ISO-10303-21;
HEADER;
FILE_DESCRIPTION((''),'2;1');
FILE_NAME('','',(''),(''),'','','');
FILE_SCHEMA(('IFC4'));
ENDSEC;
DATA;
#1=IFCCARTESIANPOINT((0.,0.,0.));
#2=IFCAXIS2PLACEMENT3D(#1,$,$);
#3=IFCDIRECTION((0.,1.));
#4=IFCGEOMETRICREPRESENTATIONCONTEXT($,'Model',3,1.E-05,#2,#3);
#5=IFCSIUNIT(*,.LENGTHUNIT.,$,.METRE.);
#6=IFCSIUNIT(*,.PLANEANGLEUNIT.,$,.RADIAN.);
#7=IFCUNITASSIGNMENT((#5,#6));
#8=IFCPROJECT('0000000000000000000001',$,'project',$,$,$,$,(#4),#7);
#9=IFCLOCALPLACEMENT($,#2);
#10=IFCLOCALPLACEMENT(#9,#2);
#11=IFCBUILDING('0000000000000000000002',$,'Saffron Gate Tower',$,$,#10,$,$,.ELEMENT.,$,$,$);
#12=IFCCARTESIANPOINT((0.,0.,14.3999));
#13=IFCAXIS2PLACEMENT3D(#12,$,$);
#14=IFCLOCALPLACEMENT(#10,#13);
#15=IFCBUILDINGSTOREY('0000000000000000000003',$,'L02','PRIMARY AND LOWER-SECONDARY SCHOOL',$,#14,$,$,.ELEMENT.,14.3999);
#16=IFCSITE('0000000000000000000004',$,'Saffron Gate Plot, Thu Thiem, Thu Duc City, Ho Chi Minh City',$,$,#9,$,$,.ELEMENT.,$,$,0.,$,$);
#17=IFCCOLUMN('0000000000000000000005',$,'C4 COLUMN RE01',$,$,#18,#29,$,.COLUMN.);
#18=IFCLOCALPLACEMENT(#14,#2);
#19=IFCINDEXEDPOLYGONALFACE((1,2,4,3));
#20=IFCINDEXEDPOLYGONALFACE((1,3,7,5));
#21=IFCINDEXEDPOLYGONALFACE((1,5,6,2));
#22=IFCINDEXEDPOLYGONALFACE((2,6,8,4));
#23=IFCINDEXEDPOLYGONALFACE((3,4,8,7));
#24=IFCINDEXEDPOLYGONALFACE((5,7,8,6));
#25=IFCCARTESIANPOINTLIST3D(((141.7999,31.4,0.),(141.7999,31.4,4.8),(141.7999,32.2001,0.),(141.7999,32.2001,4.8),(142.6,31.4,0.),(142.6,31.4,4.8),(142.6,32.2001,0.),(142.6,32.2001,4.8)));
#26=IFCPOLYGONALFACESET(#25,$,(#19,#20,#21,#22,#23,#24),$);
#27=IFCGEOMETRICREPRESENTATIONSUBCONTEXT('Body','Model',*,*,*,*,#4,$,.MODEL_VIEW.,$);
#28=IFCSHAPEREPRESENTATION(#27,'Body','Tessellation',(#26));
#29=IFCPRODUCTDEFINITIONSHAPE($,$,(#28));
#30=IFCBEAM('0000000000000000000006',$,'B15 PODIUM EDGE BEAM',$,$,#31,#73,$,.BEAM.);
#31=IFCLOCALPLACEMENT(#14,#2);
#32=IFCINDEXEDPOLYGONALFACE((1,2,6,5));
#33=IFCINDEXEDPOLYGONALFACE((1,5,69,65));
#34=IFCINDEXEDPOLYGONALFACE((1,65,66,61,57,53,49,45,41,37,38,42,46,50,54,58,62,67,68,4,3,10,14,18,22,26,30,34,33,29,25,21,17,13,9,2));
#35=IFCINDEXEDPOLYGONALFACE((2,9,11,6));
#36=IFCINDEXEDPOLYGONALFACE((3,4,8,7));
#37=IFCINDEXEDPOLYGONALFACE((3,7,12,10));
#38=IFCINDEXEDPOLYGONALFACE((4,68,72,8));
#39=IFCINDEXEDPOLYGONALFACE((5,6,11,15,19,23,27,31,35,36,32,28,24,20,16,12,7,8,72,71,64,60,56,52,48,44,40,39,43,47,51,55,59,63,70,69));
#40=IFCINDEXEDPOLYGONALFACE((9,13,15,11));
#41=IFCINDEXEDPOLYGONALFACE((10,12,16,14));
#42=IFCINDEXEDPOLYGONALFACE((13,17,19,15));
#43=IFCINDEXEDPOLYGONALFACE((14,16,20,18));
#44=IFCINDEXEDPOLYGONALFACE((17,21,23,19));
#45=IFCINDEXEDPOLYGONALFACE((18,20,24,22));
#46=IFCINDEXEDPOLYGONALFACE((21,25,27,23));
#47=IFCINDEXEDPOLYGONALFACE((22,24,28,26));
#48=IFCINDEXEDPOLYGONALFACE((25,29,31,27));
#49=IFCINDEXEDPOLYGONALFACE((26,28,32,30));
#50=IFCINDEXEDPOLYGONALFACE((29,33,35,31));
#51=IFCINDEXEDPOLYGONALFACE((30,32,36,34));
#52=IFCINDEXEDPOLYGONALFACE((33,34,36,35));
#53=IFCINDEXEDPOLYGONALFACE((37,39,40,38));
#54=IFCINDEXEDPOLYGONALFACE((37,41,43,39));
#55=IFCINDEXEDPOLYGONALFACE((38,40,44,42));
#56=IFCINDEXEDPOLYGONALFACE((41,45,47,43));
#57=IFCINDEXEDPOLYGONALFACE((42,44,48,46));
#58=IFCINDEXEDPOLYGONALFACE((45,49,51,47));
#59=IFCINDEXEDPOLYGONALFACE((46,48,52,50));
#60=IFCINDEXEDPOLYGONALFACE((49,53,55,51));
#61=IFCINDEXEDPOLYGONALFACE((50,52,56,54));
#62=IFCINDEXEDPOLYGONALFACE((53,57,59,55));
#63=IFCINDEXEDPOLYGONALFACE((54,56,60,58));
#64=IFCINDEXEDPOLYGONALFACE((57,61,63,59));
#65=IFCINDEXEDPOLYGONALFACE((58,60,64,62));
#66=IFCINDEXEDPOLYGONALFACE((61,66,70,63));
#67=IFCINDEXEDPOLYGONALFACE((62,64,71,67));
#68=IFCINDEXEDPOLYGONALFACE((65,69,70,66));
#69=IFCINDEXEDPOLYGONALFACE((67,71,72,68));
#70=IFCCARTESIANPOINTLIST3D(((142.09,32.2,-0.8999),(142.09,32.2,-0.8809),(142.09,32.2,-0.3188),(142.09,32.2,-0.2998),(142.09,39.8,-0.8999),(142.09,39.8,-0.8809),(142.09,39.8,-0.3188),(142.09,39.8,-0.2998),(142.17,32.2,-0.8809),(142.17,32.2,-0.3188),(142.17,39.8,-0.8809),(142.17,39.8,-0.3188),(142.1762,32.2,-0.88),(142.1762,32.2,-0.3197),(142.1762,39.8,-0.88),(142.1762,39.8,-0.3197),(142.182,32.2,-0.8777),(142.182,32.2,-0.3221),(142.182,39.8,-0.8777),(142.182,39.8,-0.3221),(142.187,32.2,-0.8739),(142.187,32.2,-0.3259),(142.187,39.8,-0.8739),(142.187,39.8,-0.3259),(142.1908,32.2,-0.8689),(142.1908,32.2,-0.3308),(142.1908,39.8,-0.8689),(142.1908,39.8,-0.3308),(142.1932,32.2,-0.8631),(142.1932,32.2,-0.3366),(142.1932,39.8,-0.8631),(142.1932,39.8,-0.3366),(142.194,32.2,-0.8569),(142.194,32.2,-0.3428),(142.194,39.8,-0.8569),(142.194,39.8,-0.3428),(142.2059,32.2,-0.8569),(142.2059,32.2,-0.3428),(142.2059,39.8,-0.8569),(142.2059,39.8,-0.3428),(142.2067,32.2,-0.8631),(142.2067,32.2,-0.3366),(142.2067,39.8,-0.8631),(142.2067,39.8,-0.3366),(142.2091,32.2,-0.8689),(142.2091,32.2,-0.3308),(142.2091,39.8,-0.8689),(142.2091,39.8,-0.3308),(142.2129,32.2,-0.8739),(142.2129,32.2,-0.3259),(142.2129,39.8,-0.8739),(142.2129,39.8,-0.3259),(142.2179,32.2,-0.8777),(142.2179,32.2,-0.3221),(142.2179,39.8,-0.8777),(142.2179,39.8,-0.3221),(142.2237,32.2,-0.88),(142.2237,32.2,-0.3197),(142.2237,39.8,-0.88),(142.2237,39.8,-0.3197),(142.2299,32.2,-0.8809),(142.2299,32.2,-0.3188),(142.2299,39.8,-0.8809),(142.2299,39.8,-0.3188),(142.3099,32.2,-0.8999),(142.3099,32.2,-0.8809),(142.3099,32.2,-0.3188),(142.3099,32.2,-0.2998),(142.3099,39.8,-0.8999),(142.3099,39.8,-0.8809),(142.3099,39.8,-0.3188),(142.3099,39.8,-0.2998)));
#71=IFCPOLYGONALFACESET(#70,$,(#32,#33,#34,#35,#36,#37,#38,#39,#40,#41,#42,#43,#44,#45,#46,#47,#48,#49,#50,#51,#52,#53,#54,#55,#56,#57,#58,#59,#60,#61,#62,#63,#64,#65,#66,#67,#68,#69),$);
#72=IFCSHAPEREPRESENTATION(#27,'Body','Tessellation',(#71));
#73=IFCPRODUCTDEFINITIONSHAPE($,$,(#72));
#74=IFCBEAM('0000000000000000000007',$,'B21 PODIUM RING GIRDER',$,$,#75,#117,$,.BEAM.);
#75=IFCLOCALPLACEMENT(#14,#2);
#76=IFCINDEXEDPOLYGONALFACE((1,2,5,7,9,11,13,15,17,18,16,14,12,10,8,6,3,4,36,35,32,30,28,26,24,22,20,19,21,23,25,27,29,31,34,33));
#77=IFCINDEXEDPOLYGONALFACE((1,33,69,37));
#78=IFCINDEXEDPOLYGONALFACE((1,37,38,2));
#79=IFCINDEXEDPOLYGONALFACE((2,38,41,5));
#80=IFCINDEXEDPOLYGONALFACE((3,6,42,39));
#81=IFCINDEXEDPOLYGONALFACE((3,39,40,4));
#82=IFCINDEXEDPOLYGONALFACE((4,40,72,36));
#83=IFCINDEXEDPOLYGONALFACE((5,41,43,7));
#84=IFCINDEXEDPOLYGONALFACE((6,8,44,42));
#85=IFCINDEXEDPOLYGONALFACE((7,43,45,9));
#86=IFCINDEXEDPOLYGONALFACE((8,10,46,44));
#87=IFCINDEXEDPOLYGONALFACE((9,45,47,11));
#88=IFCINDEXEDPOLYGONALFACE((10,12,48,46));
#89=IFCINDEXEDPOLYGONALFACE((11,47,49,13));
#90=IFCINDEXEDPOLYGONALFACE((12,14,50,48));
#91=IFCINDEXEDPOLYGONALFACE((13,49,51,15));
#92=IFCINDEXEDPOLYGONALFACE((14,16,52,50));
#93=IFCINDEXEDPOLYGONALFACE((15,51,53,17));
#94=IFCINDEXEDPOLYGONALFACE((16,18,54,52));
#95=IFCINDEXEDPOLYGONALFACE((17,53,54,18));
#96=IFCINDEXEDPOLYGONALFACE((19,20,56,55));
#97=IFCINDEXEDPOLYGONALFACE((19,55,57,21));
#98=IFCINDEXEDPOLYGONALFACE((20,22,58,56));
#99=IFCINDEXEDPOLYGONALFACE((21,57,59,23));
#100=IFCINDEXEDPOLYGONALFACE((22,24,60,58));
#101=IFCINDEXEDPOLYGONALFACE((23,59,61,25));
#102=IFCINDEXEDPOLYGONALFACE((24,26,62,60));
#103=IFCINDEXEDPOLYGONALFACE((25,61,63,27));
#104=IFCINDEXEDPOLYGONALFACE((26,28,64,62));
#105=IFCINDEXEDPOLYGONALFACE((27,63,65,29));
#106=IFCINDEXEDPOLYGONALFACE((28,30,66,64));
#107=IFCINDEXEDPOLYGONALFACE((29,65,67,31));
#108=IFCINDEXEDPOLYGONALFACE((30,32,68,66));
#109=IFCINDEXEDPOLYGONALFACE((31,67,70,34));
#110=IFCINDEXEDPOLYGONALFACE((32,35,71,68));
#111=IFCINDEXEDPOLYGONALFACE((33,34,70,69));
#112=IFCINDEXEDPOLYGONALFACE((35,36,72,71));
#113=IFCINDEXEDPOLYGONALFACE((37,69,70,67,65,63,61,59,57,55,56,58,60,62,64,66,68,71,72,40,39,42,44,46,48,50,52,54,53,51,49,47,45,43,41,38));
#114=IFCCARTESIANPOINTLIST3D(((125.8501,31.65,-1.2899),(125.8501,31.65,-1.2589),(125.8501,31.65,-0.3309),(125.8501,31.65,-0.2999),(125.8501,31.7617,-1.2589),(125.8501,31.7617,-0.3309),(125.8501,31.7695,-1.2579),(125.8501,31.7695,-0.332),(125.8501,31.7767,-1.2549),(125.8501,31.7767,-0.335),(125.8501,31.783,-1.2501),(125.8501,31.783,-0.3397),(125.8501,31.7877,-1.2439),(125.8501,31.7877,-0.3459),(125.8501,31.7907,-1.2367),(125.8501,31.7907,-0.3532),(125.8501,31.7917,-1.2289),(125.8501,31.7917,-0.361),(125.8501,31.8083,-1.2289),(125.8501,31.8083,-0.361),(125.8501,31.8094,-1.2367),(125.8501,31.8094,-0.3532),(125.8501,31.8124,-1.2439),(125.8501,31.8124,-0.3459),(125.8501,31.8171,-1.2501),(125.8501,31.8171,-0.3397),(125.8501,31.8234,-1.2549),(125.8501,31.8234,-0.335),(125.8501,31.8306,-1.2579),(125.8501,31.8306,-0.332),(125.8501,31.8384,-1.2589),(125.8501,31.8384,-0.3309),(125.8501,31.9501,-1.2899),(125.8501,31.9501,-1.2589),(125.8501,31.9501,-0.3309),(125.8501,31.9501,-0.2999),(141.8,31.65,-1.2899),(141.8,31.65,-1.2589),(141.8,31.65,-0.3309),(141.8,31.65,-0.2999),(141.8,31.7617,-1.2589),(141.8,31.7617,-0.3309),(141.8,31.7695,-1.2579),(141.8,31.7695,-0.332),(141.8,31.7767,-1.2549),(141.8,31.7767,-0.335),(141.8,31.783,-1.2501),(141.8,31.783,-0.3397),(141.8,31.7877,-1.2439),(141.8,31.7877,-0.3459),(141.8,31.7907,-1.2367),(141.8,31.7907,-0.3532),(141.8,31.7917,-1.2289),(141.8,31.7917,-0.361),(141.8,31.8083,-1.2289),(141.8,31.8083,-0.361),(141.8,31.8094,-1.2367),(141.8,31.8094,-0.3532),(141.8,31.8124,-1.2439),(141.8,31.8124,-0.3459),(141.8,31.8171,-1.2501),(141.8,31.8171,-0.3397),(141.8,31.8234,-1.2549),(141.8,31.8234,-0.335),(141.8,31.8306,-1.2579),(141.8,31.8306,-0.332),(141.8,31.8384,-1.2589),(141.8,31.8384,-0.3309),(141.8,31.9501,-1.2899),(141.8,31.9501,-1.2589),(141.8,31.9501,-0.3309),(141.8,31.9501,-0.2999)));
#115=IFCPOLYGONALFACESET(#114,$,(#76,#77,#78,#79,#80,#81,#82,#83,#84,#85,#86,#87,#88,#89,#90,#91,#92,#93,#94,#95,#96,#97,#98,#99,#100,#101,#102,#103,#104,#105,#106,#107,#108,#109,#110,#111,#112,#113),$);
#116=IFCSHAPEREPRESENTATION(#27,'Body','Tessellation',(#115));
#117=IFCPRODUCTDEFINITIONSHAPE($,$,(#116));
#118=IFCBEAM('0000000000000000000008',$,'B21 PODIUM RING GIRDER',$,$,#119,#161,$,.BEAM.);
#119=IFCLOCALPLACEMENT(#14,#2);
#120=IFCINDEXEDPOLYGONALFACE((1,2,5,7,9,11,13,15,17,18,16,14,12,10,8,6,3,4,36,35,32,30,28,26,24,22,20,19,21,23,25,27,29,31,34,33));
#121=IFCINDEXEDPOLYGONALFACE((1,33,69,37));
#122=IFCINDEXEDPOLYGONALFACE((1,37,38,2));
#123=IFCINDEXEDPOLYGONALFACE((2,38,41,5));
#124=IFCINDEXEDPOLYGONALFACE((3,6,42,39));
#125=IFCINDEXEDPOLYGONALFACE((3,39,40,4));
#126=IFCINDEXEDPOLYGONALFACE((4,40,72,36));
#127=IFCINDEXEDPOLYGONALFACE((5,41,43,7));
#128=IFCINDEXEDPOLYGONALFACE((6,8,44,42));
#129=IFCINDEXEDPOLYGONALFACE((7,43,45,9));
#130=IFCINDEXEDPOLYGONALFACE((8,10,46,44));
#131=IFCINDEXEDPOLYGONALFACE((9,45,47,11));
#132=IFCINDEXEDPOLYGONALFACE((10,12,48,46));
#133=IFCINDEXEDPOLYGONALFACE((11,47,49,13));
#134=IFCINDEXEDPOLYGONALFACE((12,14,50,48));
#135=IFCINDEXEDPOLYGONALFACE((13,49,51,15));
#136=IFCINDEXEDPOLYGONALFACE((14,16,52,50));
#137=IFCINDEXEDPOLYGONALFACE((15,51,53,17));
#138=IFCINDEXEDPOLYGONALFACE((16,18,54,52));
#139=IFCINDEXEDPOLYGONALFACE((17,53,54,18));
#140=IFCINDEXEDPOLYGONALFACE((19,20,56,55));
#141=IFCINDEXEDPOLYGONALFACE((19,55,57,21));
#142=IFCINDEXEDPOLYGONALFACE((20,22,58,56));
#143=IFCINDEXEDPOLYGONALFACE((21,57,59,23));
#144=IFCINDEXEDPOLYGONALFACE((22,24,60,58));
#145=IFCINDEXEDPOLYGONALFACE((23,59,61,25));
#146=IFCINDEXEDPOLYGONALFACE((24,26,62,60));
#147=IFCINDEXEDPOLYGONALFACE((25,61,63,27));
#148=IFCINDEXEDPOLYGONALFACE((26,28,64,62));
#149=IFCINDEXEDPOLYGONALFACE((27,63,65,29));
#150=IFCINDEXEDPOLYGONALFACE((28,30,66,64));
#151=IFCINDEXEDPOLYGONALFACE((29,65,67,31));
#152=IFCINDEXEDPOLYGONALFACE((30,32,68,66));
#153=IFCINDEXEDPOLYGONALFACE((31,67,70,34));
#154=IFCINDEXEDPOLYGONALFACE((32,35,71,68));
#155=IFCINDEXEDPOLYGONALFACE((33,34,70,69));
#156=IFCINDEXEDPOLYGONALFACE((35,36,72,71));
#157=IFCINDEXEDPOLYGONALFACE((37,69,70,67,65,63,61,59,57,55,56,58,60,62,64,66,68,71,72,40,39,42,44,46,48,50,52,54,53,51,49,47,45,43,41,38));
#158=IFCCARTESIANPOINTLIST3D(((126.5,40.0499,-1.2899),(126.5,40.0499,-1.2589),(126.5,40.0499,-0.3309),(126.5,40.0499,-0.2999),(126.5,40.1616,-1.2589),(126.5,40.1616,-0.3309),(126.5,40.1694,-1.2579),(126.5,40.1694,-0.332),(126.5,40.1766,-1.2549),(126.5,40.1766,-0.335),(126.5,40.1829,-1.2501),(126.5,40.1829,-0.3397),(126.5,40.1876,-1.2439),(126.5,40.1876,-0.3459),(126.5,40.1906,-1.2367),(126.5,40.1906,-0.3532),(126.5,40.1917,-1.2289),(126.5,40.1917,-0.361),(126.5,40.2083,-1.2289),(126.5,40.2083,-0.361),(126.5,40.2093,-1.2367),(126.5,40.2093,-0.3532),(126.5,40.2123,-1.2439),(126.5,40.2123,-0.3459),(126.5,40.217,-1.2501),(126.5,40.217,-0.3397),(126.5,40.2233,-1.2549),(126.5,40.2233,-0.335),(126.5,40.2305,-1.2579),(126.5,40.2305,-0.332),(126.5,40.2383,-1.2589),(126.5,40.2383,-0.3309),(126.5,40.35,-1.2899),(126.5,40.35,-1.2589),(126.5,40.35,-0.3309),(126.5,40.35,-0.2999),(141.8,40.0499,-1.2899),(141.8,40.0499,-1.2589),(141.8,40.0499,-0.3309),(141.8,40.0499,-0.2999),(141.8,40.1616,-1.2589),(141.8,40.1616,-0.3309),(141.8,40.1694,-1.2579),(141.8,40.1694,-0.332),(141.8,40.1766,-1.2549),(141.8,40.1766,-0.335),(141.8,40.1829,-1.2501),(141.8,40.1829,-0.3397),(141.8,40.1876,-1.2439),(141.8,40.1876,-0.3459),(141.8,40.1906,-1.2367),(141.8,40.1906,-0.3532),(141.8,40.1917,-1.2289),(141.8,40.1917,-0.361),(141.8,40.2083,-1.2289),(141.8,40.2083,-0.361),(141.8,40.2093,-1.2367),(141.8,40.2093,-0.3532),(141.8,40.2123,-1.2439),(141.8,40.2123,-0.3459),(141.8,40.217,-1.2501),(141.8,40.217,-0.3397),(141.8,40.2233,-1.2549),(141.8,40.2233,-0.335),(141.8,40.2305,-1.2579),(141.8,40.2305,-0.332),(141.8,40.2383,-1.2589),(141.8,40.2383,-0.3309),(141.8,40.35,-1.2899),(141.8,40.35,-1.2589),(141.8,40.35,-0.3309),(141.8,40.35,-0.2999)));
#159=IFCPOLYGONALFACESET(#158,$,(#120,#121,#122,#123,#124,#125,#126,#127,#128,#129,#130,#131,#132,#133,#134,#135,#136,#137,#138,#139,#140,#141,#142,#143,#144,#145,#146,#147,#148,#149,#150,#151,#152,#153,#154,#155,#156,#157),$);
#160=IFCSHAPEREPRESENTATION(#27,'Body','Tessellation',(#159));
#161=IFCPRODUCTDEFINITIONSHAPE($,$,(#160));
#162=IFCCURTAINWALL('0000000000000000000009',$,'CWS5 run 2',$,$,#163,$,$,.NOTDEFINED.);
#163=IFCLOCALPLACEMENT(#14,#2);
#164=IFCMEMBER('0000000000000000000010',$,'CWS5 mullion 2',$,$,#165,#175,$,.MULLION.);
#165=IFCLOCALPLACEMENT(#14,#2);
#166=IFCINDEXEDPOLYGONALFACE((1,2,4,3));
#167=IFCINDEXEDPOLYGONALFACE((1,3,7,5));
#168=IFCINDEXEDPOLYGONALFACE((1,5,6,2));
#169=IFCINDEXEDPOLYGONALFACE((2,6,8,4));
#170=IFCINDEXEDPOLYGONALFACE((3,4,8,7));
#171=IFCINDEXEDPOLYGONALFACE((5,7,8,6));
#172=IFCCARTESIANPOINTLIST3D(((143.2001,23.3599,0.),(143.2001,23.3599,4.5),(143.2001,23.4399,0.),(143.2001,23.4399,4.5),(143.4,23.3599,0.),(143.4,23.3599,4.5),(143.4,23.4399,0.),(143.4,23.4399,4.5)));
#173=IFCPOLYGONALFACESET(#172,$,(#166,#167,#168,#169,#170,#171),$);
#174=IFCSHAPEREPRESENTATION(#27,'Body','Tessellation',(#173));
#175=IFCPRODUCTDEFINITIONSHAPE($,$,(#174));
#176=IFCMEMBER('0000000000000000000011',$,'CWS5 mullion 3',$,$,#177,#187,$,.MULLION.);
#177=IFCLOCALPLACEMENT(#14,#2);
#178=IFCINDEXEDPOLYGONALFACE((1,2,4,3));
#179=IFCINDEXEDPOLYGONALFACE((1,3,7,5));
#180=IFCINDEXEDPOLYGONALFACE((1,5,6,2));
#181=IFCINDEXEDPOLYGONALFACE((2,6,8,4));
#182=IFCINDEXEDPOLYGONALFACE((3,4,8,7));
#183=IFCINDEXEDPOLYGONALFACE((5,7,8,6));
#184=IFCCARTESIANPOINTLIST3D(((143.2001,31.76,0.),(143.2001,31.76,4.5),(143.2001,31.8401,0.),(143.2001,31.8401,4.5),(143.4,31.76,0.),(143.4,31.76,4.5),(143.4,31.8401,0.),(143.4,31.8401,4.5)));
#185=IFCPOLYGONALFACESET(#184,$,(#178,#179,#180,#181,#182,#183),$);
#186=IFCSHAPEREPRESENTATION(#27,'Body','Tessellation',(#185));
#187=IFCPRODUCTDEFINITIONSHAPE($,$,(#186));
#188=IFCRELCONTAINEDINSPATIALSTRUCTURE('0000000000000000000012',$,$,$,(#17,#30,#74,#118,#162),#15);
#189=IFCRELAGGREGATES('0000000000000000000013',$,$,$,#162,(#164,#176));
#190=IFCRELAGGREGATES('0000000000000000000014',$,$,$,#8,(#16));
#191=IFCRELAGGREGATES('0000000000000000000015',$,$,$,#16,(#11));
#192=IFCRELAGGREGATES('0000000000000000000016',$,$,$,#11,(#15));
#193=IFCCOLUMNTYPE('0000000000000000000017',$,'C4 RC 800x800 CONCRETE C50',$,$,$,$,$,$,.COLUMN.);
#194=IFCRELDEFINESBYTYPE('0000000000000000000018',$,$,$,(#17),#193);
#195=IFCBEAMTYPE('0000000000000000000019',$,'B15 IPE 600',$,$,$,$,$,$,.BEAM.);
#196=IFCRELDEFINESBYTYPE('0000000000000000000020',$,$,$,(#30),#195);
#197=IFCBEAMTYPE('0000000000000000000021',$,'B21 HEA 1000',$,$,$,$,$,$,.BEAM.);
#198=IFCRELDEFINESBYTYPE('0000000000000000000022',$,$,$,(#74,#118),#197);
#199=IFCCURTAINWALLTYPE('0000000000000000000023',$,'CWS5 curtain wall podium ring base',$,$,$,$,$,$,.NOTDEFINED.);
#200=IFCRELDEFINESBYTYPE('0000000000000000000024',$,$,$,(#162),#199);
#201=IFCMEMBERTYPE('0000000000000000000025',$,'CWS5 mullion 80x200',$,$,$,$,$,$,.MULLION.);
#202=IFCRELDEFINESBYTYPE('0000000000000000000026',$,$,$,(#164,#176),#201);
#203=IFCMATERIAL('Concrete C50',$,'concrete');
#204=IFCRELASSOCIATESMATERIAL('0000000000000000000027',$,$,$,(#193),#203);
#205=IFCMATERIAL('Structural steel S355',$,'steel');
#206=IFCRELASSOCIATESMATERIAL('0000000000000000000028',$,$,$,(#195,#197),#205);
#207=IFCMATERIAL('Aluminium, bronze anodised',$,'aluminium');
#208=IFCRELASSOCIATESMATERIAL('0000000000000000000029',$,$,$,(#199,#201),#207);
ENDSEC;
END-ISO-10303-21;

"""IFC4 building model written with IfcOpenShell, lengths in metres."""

from ifc_helpers import new_model, si_unit, direction, frame, origin, origin_2d, place, context, subcontext, project, spatial, rectangle, i_section, extrude, material, material_profile, profile_set, type_object, element, aggregate, save


model = new_model("IFC4")

# Units and contexts
model_context = context("Model", 3, precision=1e-05, world=origin(), true_north=direction((0.0, 1.0)))
body_context = subcontext(model_context, "Body", "Model", "MODEL_VIEW")
ifc_project = project(units=[si_unit("LENGTHUNIT", "METRE"), si_unit("PLANEANGLEUNIT", "RADIAN")], contexts=[model_context])

# Site, building, storey
site_placement = place(None, origin())
site = spatial("IfcSite", under=ifc_project, at=site_placement, Name="Saffron Gate Plot, Thu Thiem, Thu Duc City, Ho Chi Minh City", CompositionType="ELEMENT", RefElevation=0.0)
building_placement = place(site_placement, origin())
building = spatial("IfcBuilding", under=site, at=building_placement, Name="Saffron Gate Tower", CompositionType="ELEMENT")
storey_placement = place(building_placement, frame((0.0, 0.0, 14.3999)))
storey = spatial("IfcBuildingStorey", under=building, at=storey_placement, Name="L02", Description="PRIMARY AND LOWER-SECONDARY SCHOOL", CompositionType="ELEMENT", Elevation=14.3999)

# Column
ifc_material_1 = material(Name="Concrete C50", Category="concrete")
ifc_material_profile_1 = material_profile(ifc_material_1, rectangle(XDim=0.8, YDim=0.8, at=origin_2d()))
ifc_profile_set_1 = profile_set([ifc_material_profile_1], Name="Concrete C50")
column_type = type_object("IfcColumnType", Name="C4 RC 800x800 CONCRETE C50", PredefinedType="COLUMN", material=ifc_profile_set_1)
column_placement = place(storey_placement, frame((142.2, 31.8, 0.0), z_axis=(0.0, 0.0, 1.0), x_axis=(1.0, 0.0, 0.0)))
element("IfcColumn", 1, at=column_placement, inside=storey, type_object=column_type, Name="C4 COLUMN RE01", PredefinedType="COLUMN", context=body_context, shape_type="SweptSolid", body=[
    extrude(rectangle(XDim=0.8, YDim=0.8, at=origin_2d()), origin(), (0.0, 0.0, 1.0), 4.8),
])

# Beams
ifc_material_2 = material(Name="Structural steel S355", Category="steel")
ifc_material_profile_2 = material_profile(ifc_material_2, i_section(OverallWidth=0.22, OverallDepth=0.6001, WebThickness=0.012, FlangeThickness=0.019, FilletRadius=0.0239, at=origin_2d()))
ifc_profile_set_2 = profile_set([ifc_material_profile_2], Name="Structural steel S355")
beam_type_1 = type_object("IfcBeamType", Name="B15 IPE 600", PredefinedType="BEAM", material=ifc_profile_set_2)
beam_1_placement = place(storey_placement, frame((142.2, 32.2, -0.5999), z_axis=(0.0, 1.0, 0.0), x_axis=(-1.0, 0.0, 0.0)))
element("IfcBeam", 2, at=beam_1_placement, inside=storey, type_object=beam_type_1, Name="B15 PODIUM EDGE BEAM", PredefinedType="BEAM", context=body_context, shape_type="SweptSolid", body=[
    extrude(i_section(OverallWidth=0.22, OverallDepth=0.6001, WebThickness=0.012, FlangeThickness=0.019, FilletRadius=0.0239, at=origin_2d()), origin(), (0.0, 0.0, 1.0), 7.6001),
])
ifc_material_profile_3 = material_profile(ifc_material_2, i_section(OverallWidth=0.3, OverallDepth=0.99, WebThickness=0.0166, FlangeThickness=0.031, FilletRadius=0.03, at=origin_2d()))
ifc_profile_set_3 = profile_set([ifc_material_profile_3], Name="Structural steel S355")
beam_type_2 = type_object("IfcBeamType", Name="B21 HEA 1000", PredefinedType="BEAM", material=ifc_profile_set_3)
beam_2_placement = place(storey_placement, frame((141.8, 31.8, -0.7949), z_axis=(-1.0, 0.0, 0.0), x_axis=(0.0, -1.0, 0.0)))
element("IfcBeam", 3, at=beam_2_placement, inside=storey, type_object=beam_type_2, Name="B21 PODIUM RING GIRDER", PredefinedType="BEAM", context=body_context, shape_type="SweptSolid", body=[
    extrude(i_section(OverallWidth=0.3, OverallDepth=0.99, WebThickness=0.0166, FlangeThickness=0.031, FilletRadius=0.03, at=origin_2d()), origin(), (0.0, 0.0, 1.0), 15.95),
])
beam_3_placement = place(storey_placement, frame((141.8, 40.2, -0.7949), z_axis=(-1.0, 0.0, 0.0), x_axis=(0.0, -1.0, 0.0)))
element("IfcBeam", 4, at=beam_3_placement, inside=storey, type_object=beam_type_2, Name="B21 PODIUM RING GIRDER", PredefinedType="BEAM", context=body_context, shape_type="SweptSolid", body=[
    extrude(i_section(OverallWidth=0.3, OverallDepth=0.99, WebThickness=0.0166, FlangeThickness=0.031, FilletRadius=0.03, at=origin_2d()), origin(), (0.0, 0.0, 1.0), 15.3),
])

# Curtain wall, members
ifc_material_3 = material(Name="Aluminium, bronze anodised", Category="aluminium")
curtain_wall_type = type_object("IfcCurtainWallType", Name="CWS5 curtain wall podium ring base", PredefinedType="NOTDEFINED", material=ifc_material_3)
curtain_wall_placement = place(storey_placement, origin())
curtain_wall = element("IfcCurtainWall", 5, at=curtain_wall_placement, inside=storey, type_object=curtain_wall_type, Name="CWS5 run 2", PredefinedType="NOTDEFINED")
ifc_material_profile_4 = material_profile(ifc_material_3, rectangle(XDim=0.2, YDim=0.0801, at=origin_2d()))
ifc_profile_set_4 = profile_set([ifc_material_profile_4], Name="Aluminium, bronze anodised")
member_type = type_object("IfcMemberType", Name="CWS5 mullion 80x200", PredefinedType="MULLION", material=ifc_profile_set_4)
member_1_placement = place(storey_placement, frame((143.3, 23.3999, 0.0), z_axis=(0.0, 0.0, 1.0), x_axis=(-1.0, 0.0, 0.0)))
member_1 = element("IfcMember", 6, at=member_1_placement, type_object=member_type, Name="CWS5 mullion 2", PredefinedType="MULLION", context=body_context, shape_type="SweptSolid", body=[
    extrude(rectangle(XDim=0.2, YDim=0.0801, at=origin_2d()), origin(), (0.0, 0.0, 1.0), 4.5),
])
member_2_placement = place(storey_placement, frame((143.3, 31.8, 0.0), z_axis=(0.0, 0.0, 1.0), x_axis=(-1.0, 0.0, 0.0)))
member_2 = element("IfcMember", 7, at=member_2_placement, type_object=member_type, Name="CWS5 mullion 3", PredefinedType="MULLION", context=body_context, shape_type="SweptSolid", body=[
    extrude(rectangle(XDim=0.2, YDim=0.0801, at=origin_2d()), origin(), (0.0, 0.0, 1.0), 4.5),
])
aggregate(curtain_wall, [member_1, member_2])

save(model, "model.ifc")
